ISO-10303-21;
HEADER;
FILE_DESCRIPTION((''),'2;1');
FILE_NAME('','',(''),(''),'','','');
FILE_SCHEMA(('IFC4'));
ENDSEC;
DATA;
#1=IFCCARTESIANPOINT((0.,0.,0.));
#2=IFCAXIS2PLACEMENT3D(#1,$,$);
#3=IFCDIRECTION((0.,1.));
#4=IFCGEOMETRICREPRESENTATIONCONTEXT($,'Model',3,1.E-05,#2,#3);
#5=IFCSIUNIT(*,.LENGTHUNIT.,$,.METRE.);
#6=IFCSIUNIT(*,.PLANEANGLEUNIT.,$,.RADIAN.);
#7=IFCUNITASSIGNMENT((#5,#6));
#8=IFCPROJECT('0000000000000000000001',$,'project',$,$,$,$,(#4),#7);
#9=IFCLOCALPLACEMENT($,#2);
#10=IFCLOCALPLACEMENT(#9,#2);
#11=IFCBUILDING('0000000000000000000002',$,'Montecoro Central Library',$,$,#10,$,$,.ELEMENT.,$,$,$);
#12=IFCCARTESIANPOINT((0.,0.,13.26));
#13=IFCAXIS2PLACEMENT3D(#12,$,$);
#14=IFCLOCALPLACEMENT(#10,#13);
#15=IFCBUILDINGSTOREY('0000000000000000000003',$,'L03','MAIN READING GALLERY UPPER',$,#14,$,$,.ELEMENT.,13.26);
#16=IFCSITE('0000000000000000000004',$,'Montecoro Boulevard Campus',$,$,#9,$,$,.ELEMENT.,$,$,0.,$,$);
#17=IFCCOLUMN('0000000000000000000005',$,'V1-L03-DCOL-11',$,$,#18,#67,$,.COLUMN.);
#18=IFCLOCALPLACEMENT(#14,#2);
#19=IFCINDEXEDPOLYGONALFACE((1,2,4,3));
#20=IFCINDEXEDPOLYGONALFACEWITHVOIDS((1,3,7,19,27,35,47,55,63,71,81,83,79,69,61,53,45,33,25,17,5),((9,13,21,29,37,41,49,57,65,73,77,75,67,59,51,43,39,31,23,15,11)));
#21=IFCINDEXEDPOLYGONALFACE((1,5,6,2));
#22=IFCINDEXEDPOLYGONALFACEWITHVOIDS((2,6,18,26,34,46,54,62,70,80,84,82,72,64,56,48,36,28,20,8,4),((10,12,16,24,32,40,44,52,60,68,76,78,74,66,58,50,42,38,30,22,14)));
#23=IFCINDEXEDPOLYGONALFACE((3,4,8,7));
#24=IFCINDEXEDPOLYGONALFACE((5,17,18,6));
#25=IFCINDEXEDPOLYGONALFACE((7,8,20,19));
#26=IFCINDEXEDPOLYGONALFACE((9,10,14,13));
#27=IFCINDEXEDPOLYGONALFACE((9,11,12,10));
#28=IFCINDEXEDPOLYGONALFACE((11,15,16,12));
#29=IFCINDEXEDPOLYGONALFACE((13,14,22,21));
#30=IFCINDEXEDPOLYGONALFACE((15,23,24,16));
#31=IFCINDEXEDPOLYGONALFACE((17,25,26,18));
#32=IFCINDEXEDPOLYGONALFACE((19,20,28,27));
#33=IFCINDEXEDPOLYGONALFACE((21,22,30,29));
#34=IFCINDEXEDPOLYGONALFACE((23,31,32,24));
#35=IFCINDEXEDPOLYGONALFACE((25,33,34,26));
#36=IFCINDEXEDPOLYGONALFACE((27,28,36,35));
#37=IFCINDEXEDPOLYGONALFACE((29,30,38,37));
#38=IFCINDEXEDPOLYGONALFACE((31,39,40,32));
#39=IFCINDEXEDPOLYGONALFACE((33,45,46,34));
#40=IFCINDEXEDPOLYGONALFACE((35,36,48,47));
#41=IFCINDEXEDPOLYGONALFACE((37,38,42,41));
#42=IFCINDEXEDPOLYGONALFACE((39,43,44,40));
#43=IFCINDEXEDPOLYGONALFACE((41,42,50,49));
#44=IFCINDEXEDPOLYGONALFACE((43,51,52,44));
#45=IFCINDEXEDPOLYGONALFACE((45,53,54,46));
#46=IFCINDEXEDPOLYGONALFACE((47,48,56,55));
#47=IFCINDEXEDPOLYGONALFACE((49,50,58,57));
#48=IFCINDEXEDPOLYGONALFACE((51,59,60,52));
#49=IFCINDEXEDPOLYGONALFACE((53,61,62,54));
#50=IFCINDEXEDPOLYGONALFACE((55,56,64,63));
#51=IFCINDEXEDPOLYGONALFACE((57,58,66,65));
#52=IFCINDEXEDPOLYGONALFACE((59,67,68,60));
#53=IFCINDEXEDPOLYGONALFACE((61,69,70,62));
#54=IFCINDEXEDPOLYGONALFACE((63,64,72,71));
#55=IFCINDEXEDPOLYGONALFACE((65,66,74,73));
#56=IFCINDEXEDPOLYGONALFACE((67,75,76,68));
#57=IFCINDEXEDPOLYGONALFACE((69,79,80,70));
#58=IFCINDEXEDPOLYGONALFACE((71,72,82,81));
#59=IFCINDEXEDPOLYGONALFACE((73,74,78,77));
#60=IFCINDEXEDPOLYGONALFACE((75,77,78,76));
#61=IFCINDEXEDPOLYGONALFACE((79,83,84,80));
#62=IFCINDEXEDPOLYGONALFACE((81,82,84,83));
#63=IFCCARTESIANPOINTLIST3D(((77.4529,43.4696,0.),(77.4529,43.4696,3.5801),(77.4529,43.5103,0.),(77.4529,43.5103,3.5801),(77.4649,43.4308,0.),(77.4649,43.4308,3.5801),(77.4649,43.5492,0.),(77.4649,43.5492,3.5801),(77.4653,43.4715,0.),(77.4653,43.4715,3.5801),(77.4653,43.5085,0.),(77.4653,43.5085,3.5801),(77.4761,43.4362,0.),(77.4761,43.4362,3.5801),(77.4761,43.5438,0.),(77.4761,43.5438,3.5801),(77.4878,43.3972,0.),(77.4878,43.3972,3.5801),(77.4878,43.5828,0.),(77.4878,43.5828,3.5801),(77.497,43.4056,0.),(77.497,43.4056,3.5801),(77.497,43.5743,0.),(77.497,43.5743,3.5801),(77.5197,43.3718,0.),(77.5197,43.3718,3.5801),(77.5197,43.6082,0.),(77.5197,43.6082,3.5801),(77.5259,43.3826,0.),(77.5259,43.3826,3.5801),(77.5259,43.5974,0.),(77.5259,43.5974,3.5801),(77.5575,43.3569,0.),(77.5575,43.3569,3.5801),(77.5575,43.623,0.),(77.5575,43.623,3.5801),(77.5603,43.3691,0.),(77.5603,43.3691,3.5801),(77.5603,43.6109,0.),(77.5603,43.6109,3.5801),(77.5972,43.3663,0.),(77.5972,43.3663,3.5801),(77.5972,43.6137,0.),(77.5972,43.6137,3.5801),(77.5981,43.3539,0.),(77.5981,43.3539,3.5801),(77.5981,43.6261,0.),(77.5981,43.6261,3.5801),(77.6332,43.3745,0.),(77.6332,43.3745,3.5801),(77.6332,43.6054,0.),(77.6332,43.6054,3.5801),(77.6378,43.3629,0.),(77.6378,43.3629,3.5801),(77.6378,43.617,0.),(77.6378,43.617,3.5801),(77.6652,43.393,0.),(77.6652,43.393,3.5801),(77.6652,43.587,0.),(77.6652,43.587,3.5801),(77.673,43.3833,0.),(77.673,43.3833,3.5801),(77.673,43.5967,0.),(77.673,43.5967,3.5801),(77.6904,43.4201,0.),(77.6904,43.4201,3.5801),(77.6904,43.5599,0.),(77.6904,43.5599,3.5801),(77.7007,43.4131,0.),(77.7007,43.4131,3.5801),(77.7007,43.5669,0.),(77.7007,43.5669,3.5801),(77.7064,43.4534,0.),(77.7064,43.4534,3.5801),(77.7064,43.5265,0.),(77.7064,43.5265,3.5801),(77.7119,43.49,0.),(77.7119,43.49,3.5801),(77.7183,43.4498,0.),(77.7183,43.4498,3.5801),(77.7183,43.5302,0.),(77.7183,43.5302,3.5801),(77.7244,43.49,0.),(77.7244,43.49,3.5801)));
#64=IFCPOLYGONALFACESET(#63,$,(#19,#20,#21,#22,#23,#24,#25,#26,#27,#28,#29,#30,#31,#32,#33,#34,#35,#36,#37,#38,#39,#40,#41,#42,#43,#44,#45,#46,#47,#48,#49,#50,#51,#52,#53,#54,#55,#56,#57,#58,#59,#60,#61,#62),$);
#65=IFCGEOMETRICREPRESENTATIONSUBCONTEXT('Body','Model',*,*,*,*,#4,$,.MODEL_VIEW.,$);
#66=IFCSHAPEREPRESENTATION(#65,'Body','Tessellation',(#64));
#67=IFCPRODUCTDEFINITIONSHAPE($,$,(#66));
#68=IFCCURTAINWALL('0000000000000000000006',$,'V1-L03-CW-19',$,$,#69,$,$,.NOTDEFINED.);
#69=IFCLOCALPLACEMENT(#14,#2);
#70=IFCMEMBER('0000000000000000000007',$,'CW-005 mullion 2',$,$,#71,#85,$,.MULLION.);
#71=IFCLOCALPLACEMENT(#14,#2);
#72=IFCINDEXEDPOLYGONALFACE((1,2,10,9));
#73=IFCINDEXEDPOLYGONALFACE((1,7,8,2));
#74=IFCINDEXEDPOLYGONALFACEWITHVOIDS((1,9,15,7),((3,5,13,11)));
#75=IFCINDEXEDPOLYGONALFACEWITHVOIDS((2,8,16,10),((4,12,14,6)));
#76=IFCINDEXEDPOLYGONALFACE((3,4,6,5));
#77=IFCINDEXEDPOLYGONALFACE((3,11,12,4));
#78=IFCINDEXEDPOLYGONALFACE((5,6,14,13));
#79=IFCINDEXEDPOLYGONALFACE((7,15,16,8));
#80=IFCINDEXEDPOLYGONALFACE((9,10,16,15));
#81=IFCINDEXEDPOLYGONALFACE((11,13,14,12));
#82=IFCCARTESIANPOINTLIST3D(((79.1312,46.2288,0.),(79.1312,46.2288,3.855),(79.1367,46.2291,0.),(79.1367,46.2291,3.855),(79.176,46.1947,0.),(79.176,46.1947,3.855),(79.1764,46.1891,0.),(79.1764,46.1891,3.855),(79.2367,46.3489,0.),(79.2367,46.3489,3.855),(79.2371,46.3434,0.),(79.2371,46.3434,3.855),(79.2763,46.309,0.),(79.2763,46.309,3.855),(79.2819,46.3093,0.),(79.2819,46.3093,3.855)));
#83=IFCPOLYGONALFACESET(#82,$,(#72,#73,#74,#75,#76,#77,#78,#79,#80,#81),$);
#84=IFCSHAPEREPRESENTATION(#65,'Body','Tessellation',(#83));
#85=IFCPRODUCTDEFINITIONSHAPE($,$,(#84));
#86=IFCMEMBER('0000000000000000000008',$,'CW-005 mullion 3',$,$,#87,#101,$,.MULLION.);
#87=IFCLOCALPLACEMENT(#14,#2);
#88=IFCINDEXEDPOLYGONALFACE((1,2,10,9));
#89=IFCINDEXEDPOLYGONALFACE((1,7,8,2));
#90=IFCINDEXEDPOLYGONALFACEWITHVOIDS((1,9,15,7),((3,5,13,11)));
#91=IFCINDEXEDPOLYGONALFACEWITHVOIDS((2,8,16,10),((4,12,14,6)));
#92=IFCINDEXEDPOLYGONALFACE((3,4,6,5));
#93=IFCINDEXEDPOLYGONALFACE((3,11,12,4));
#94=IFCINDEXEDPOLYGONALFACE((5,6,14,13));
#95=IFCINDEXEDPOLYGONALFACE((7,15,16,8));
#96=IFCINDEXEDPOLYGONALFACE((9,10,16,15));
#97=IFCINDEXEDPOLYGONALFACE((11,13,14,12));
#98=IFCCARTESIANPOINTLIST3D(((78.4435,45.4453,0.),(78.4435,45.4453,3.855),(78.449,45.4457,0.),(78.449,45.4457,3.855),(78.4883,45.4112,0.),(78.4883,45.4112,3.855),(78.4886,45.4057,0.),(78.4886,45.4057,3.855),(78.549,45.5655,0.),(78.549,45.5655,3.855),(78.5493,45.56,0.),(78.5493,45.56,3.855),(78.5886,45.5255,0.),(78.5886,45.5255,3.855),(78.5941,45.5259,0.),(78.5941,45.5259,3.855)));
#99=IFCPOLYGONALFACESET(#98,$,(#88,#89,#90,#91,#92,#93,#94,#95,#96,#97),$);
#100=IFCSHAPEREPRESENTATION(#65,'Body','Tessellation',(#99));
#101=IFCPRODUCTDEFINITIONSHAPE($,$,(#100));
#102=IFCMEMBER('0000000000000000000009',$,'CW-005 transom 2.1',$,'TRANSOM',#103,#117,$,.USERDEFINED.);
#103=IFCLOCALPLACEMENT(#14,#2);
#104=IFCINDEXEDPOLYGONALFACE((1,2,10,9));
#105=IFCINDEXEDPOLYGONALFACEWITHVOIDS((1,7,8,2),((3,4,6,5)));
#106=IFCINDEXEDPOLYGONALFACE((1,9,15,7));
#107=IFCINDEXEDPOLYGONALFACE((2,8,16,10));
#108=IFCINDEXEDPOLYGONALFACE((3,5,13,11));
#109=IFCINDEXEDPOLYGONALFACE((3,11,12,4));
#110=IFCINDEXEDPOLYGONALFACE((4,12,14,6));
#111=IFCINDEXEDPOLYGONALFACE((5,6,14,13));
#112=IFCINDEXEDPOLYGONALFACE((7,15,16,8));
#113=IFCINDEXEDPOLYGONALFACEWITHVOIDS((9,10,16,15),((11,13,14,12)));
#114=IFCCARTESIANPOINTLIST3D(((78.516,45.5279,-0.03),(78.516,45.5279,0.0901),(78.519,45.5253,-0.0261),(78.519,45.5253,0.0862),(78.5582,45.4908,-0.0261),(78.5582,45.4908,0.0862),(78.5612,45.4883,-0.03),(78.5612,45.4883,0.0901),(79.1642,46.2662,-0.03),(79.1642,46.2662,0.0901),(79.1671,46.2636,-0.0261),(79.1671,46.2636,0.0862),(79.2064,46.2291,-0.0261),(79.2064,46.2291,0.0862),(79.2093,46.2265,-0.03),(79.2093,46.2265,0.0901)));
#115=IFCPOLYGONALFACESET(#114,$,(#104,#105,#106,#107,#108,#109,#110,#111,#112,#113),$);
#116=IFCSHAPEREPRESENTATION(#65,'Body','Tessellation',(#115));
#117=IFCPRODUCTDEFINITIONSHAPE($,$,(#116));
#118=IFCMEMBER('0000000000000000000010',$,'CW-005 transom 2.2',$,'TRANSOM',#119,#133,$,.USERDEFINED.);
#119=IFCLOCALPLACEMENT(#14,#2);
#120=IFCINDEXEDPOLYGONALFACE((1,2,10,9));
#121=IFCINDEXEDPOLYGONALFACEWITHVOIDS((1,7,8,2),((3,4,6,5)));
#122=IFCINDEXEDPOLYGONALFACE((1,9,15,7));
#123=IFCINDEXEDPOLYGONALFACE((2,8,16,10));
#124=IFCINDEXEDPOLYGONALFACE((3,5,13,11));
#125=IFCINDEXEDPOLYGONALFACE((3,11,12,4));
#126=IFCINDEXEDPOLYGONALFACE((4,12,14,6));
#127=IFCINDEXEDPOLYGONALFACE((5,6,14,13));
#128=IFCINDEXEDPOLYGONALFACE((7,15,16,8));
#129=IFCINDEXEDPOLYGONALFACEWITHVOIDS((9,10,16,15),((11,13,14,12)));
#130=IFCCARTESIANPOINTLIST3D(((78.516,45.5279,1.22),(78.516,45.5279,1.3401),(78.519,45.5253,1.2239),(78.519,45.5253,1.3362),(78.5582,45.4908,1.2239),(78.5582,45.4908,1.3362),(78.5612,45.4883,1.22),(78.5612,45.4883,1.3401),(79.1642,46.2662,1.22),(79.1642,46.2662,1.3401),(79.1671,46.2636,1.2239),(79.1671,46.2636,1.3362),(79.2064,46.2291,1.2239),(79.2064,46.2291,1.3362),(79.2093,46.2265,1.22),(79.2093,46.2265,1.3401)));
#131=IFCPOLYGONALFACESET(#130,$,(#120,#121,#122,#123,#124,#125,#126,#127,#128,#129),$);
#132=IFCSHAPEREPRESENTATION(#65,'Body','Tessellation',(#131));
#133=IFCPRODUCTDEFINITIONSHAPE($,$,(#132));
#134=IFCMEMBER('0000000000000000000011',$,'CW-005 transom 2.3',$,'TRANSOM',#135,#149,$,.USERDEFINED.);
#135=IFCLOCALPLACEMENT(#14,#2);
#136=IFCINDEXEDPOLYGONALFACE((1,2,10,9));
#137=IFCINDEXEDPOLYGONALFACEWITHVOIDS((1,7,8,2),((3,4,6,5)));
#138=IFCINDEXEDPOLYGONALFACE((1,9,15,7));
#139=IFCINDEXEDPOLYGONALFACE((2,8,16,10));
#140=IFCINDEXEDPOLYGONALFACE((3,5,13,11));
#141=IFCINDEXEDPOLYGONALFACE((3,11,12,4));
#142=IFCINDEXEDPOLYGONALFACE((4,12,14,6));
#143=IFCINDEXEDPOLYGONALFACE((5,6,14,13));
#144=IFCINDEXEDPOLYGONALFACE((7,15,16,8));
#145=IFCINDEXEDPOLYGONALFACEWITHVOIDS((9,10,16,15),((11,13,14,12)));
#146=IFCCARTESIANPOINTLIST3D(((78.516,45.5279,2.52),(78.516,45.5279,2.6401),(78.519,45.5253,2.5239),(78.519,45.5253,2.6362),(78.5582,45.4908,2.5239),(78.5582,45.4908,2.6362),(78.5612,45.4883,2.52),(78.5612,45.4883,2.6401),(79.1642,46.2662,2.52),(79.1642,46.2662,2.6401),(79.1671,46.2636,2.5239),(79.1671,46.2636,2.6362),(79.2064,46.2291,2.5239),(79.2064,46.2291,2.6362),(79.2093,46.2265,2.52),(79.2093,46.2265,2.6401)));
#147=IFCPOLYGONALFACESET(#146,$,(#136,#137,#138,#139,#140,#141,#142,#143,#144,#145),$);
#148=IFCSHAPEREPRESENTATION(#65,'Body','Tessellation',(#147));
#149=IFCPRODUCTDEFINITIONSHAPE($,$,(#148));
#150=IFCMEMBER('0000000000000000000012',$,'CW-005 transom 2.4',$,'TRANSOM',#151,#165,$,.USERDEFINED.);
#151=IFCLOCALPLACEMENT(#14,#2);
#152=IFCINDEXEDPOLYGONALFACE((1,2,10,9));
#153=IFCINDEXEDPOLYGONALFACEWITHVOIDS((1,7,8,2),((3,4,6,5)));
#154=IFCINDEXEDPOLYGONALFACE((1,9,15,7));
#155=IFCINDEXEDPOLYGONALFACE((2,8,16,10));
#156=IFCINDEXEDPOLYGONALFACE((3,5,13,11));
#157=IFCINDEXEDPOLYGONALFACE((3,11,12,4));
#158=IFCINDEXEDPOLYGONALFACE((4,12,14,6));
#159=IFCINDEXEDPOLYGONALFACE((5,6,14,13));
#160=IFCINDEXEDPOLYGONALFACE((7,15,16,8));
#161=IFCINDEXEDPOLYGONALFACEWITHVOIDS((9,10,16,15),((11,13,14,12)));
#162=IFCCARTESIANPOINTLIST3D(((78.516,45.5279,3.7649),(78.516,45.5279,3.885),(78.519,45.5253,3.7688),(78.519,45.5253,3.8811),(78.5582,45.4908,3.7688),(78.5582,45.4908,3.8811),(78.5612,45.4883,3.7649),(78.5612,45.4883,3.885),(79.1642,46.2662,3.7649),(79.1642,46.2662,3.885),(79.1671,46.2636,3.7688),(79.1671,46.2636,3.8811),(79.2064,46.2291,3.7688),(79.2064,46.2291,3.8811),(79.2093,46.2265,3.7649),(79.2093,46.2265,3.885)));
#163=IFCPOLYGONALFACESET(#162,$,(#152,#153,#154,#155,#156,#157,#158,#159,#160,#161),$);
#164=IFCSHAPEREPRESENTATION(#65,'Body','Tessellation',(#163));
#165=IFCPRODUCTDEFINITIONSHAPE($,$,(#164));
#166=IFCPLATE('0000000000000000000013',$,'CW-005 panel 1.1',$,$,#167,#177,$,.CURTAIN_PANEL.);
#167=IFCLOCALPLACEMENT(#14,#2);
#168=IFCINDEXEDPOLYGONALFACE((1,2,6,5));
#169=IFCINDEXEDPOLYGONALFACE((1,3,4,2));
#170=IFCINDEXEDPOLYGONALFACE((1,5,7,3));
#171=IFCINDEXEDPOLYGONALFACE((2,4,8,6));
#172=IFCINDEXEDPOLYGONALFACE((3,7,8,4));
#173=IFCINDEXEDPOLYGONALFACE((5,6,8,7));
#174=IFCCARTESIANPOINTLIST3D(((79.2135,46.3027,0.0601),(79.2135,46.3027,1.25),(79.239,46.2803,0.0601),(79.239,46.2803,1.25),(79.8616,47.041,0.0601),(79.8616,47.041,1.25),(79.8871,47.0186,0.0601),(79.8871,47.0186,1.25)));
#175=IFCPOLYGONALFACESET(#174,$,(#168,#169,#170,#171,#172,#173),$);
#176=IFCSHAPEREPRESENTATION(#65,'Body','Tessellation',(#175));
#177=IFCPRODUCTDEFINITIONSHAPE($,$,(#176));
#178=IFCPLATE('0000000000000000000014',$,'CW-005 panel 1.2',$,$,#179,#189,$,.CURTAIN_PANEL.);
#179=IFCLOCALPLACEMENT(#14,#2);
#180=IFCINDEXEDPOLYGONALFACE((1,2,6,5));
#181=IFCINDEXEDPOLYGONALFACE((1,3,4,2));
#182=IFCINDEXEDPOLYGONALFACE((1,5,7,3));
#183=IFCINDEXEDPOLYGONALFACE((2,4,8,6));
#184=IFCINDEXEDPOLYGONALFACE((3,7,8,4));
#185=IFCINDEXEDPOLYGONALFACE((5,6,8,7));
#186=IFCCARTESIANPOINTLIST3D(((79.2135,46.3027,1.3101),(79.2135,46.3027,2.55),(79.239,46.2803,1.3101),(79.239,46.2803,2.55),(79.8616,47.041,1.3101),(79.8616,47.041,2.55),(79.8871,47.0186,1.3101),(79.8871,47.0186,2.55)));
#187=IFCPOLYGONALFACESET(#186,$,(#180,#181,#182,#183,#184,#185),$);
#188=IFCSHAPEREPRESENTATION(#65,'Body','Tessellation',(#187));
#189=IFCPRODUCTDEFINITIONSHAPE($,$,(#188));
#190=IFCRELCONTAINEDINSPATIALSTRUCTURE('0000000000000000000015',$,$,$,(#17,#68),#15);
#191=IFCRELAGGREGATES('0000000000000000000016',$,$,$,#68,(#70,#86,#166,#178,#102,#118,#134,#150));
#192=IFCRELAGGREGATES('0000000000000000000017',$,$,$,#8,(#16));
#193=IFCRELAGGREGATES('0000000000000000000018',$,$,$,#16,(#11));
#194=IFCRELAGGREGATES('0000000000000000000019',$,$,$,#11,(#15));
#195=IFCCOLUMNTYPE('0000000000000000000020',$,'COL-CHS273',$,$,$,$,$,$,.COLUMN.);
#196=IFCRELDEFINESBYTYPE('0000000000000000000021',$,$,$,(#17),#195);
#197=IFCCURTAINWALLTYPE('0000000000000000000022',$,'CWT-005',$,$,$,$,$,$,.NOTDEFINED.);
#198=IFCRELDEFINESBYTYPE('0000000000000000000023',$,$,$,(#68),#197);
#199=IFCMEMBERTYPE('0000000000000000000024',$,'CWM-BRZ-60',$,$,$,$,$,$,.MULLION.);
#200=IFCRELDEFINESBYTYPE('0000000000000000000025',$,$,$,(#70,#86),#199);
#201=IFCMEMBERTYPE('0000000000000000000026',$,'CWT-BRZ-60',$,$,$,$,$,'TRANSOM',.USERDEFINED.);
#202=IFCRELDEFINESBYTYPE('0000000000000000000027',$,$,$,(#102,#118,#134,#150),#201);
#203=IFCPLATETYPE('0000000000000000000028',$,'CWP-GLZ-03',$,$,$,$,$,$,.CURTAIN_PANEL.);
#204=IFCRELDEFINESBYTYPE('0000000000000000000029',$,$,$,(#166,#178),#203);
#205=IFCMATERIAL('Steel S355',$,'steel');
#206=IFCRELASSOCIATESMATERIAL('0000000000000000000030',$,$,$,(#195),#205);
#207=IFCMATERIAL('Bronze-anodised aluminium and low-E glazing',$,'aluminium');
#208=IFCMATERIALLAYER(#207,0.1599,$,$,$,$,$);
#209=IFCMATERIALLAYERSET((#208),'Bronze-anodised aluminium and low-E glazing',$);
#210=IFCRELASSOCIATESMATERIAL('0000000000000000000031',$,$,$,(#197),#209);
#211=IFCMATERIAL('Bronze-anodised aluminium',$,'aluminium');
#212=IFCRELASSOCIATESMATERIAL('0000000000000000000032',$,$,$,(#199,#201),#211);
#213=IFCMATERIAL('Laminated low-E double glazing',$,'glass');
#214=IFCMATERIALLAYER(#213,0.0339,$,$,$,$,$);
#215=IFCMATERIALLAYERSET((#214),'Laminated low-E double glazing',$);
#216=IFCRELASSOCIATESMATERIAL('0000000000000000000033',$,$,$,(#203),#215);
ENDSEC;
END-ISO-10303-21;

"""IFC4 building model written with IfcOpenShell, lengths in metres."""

from ifc_helpers import new_model, si_unit, direction, frame, origin, origin_2d, place, context, subcontext, project, spatial, rectangle, hollow_rectangle, hollow_circle, extrude, material, layer, layer_set, material_profile, profile_set, type_object, element, aggregate, save


model = new_model("IFC4")

# Units and contexts
model_context = context("Model", 3, precision=1e-05, world=origin(), true_north=direction((0.0, 1.0)))
body_context = subcontext(model_context, "Body", "Model", "MODEL_VIEW")
ifc_project = project(units=[si_unit("LENGTHUNIT", "METRE"), si_unit("PLANEANGLEUNIT", "RADIAN")], contexts=[model_context])

# Site, building, storey
site_placement = place(None, origin())
site = spatial("IfcSite", under=ifc_project, at=site_placement, Name="Montecoro Boulevard Campus", CompositionType="ELEMENT", RefElevation=0.0)
building_placement = place(site_placement, origin())
building = spatial("IfcBuilding", under=site, at=building_placement, Name="Montecoro Central Library", CompositionType="ELEMENT")
storey_placement = place(building_placement, frame((0.0, 0.0, 13.26)))
storey = spatial("IfcBuildingStorey", under=building, at=storey_placement, Name="L03", Description="MAIN READING GALLERY UPPER", CompositionType="ELEMENT", Elevation=13.26)

# Column
ifc_material_1 = material(Name="Steel S355", Category="steel")
ifc_material_profile_1 = material_profile(ifc_material_1, hollow_circle(Radius=0.1365, WallThickness=0.0125, at=origin_2d()), Name="CHS 273.0x12.5")
ifc_profile_set_1 = profile_set([ifc_material_profile_1], Name="Steel S355")
column_type = type_object("IfcColumnType", Name="COL-CHS273", PredefinedType="COLUMN", material=ifc_profile_set_1)
column_placement = place(storey_placement, frame((77.5879, 43.49, 0.0), z_axis=(0.0, 0.0, 1.0), x_axis=(1.0, 0.0, 0.0)))
element("IfcColumn", 1, at=column_placement, inside=storey, type_object=column_type, Name="V1-L03-DCOL-11", PredefinedType="COLUMN", context=body_context, shape_type="SweptSolid", body=[
    extrude(hollow_circle(Radius=0.1365, WallThickness=0.0125, at=origin_2d()), origin(), (0.0, 0.0, 1.0), 3.5801),
])

# Curtain wall, members, plates
ifc_material_2 = material(Name="Bronze-anodised aluminium and low-E glazing", Category="aluminium")
ifc_layer_1 = layer(ifc_material_2, 0.1599)
ifc_layer_set_1 = layer_set([ifc_layer_1], Name="Bronze-anodised aluminium and low-E glazing")
curtain_wall_type = type_object("IfcCurtainWallType", Name="CWT-005", PredefinedType="NOTDEFINED", material=ifc_layer_set_1)
curtain_wall_placement = place(storey_placement, origin())
curtain_wall = element("IfcCurtainWall", 2, at=curtain_wall_placement, inside=storey, type_object=curtain_wall_type, Name="V1-L03-CW-19", PredefinedType="NOTDEFINED")
ifc_material_3 = material(Name="Bronze-anodised aluminium", Category="aluminium")
ifc_material_profile_2 = material_profile(ifc_material_3, hollow_rectangle(XDim=0.0601, YDim=0.1599, WallThickness=0.0039, at=origin_2d()), Name="CWM 160x60x4.0")
ifc_profile_set_2 = profile_set([ifc_material_profile_2], Name="Bronze-anodised aluminium")
member_type_1 = type_object("IfcMemberType", Name="CWM-BRZ-60", PredefinedType="MULLION", material=ifc_profile_set_2)
member_1_placement = place(storey_placement, frame((79.2065, 46.269, 0.0), z_axis=(0.0, 0.0, 1.0), x_axis=(0.751536, -0.659692, 0.0)))
member_1 = element("IfcMember", 3, at=member_1_placement, type_object=member_type_1, Name="CW-005 mullion 2", PredefinedType="MULLION", context=body_context, shape_type="SweptSolid", body=[
    extrude(hollow_rectangle(XDim=0.0601, YDim=0.1599, WallThickness=0.0039, at=origin_2d()), origin(), (0.0, 0.0, 1.0), 3.855),
])
member_2_placement = place(storey_placement, frame((78.5188, 45.4856, 0.0), z_axis=(0.0, 0.0, 1.0), x_axis=(0.751536, -0.659692, 0.0)))
member_2 = element("IfcMember", 4, at=member_2_placement, type_object=member_type_1, Name="CW-005 mullion 3", PredefinedType="MULLION", context=body_context, shape_type="SweptSolid", body=[
    extrude(hollow_rectangle(XDim=0.0601, YDim=0.1599, WallThickness=0.0039, at=origin_2d()), origin(), (0.0, 0.0, 1.0), 3.855),
])
ifc_material_profile_3 = material_profile(ifc_material_3, hollow_rectangle(XDim=0.0601, YDim=0.1201, WallThickness=0.0039, at=origin_2d()), Name="CWT 120x60x4.0")
ifc_profile_set_3 = profile_set([ifc_material_profile_3], Name="Bronze-anodised aluminium")
member_type_2 = type_object("IfcMemberType", Name="CWT-BRZ-60", ElementType="TRANSOM", PredefinedType="USERDEFINED", material=ifc_profile_set_3)
member_3_placement = place(storey_placement, frame((79.1868, 46.2463, 0.03), z_axis=(-0.65977, -0.751467, 0.0), x_axis=(0.751467, -0.65977, 0.0)))
member_3 = element("IfcMember", 5, at=member_3_placement, type_object=member_type_2, Name="CW-005 transom 2.1", ObjectType="TRANSOM", PredefinedType="USERDEFINED", context=body_context, shape_type="SweptSolid", body=[
    extrude(hollow_rectangle(XDim=0.0601, YDim=0.1201, WallThickness=0.0039, at=origin_2d()), origin(), (0.0, 0.0, 1.0), 0.9824),
])
member_4_placement = place(storey_placement, frame((79.1868, 46.2463, 1.28), z_axis=(-0.65977, -0.751467, 0.0), x_axis=(0.751467, -0.65977, 0.0)))
member_4 = element("IfcMember", 6, at=member_4_placement, type_object=member_type_2, Name="CW-005 transom 2.2", ObjectType="TRANSOM", PredefinedType="USERDEFINED", context=body_context, shape_type="SweptSolid", body=[
    extrude(hollow_rectangle(XDim=0.0601, YDim=0.1201, WallThickness=0.0039, at=origin_2d()), origin(), (0.0, 0.0, 1.0), 0.9824),
])
member_5_placement = place(storey_placement, frame((79.1868, 46.2463, 2.5801), z_axis=(-0.65977, -0.751467, 0.0), x_axis=(0.751467, -0.65977, 0.0)))
member_5 = element("IfcMember", 7, at=member_5_placement, type_object=member_type_2, Name="CW-005 transom 2.3", ObjectType="TRANSOM", PredefinedType="USERDEFINED", context=body_context, shape_type="SweptSolid", body=[
    extrude(hollow_rectangle(XDim=0.0601, YDim=0.1201, WallThickness=0.0039, at=origin_2d()), origin(), (0.0, 0.0, 1.0), 0.9824),
])
member_6_placement = place(storey_placement, frame((79.1868, 46.2463, 3.825), z_axis=(-0.65977, -0.751467, 0.0), x_axis=(0.751467, -0.65977, 0.0)))
member_6 = element("IfcMember", 8, at=member_6_placement, type_object=member_type_2, Name="CW-005 transom 2.4", ObjectType="TRANSOM", PredefinedType="USERDEFINED", context=body_context, shape_type="SweptSolid", body=[
    extrude(hollow_rectangle(XDim=0.0601, YDim=0.1201, WallThickness=0.0039, at=origin_2d()), origin(), (0.0, 0.0, 1.0), 0.9824),
])
ifc_material_4 = material(Name="Laminated low-E double glazing", Category="glass")
ifc_layer_2 = layer(ifc_material_4, 0.0339)
ifc_layer_set_2 = layer_set([ifc_layer_2], Name="Laminated low-E double glazing")
plate_type_1 = type_object("IfcPlateType", Name="CWP-GLZ-03", PredefinedType="CURTAIN_PANEL", material=ifc_layer_set_2)
plate_1_placement = place(storey_placement, frame((79.5503, 46.6606, 0.0601), z_axis=(0.0, 0.0, 1.0), x_axis=(-0.659692, -0.751536, 0.0)))
plate_1 = element("IfcPlate", 9, at=plate_1_placement, type_object=plate_type_1, Name="CW-005 panel 1.1", PredefinedType="CURTAIN_PANEL", context=body_context, shape_type="SweptSolid", body=[
    extrude(rectangle(XDim=0.9824, YDim=0.0339, at=origin_2d()), origin(), (0.0, 0.0, 1.0), 1.1899),
])
plate_2_placement = place(storey_placement, frame((79.5503, 46.6606, 1.3101), z_axis=(0.0, 0.0, 1.0), x_axis=(-0.659692, -0.751536, 0.0)))
plate_2 = element("IfcPlate", 10, at=plate_2_placement, type_object=plate_type_1, Name="CW-005 panel 1.2", PredefinedType="CURTAIN_PANEL", context=body_context, shape_type="SweptSolid", body=[
    extrude(rectangle(XDim=0.9824, YDim=0.0339, at=origin_2d()), origin(), (0.0, 0.0, 1.0), 1.24),
])
aggregate(curtain_wall, [member_1, member_2, plate_1, plate_2, member_3, member_4, member_5, member_6])

save(model, "model.ifc")
